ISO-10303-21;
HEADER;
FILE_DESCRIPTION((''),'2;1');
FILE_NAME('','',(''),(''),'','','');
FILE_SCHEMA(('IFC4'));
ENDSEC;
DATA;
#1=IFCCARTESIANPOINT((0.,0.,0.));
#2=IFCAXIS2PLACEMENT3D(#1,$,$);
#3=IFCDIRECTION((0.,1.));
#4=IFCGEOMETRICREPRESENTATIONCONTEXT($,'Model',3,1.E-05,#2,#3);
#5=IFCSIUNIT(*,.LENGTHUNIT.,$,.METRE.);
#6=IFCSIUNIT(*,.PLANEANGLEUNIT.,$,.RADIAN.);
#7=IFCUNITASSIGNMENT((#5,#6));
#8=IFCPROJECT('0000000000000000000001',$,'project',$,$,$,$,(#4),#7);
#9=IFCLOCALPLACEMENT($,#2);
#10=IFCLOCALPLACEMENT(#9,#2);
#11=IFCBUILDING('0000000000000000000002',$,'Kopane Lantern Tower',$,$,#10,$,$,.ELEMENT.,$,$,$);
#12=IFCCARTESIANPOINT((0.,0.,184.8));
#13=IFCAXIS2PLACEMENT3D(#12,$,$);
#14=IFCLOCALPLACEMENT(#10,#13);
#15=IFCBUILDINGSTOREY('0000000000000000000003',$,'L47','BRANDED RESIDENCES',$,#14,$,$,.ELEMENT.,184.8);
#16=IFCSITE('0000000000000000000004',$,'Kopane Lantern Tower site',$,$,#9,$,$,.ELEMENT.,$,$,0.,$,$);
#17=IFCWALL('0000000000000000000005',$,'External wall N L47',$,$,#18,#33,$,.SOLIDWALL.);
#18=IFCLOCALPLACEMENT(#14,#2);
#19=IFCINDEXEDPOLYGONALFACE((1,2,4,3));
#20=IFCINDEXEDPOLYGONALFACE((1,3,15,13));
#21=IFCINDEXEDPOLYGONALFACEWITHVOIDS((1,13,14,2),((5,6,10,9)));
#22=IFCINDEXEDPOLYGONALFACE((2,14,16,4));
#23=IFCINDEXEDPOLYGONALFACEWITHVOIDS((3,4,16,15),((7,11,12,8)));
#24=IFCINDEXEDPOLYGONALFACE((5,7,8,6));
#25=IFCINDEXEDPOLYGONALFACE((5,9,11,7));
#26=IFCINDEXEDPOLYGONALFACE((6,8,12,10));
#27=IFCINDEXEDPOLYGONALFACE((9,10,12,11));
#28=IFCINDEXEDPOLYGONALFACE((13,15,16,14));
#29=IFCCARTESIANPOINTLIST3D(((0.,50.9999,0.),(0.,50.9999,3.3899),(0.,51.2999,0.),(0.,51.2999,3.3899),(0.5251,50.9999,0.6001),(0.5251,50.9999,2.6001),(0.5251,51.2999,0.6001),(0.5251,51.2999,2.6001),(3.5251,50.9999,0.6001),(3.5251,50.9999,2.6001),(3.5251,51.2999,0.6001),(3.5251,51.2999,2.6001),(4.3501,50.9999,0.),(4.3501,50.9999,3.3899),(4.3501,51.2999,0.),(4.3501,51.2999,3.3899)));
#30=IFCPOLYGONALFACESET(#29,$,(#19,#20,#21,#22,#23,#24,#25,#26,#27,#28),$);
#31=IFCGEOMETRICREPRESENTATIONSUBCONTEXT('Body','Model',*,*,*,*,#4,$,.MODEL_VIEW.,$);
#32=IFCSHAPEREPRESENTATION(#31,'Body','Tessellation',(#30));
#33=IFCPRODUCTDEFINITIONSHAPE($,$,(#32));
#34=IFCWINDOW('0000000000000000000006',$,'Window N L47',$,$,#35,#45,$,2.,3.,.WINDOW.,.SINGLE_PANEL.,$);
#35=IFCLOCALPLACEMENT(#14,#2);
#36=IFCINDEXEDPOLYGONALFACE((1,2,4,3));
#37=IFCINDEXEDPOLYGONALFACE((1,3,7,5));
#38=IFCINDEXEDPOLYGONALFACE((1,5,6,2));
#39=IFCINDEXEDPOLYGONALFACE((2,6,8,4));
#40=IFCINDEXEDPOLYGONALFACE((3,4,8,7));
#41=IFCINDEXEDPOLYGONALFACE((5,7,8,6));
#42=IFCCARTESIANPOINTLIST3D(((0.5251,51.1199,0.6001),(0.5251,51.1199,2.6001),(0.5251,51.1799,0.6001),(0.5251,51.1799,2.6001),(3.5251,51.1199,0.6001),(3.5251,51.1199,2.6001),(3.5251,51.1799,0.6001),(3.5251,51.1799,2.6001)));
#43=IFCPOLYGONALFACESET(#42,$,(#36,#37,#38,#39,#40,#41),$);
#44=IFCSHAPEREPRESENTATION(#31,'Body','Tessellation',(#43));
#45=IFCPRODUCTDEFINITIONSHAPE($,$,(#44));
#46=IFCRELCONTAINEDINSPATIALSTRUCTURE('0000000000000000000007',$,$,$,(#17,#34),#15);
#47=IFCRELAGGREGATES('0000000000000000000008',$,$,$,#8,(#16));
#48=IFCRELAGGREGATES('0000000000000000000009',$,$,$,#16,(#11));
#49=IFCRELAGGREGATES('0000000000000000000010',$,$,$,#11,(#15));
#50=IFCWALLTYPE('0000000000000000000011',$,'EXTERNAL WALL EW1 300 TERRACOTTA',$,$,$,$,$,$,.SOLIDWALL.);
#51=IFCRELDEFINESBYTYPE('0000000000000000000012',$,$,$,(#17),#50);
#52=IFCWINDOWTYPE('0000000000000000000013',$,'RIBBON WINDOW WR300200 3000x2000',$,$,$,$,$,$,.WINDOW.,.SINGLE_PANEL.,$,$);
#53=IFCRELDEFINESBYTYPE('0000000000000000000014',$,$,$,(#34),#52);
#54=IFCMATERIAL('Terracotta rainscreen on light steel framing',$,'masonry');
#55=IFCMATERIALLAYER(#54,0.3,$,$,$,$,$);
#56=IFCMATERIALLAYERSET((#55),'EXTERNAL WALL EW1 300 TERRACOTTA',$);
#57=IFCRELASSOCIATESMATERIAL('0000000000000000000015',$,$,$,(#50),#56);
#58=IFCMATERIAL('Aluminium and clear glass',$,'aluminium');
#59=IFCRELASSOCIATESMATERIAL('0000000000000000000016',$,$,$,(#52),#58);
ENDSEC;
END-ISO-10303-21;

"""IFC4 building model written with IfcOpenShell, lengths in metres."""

from ifc_helpers import new_model, si_unit, direction, frame, frame_2d, origin, place, context, subcontext, project, spatial, rectangle, extrude, material, layer, layer_set, type_object, element, fill, save


model = new_model("IFC4")

# Units and contexts
model_context = context("Model", 3, precision=1e-05, world=origin(), true_north=direction((0.0, 1.0)))
body_context = subcontext(model_context, "Body", "Model", "MODEL_VIEW")
ifc_project = project(units=[si_unit("LENGTHUNIT", "METRE"), si_unit("PLANEANGLEUNIT", "RADIAN")], contexts=[model_context])

# Site, building, storey
site_placement = place(None, origin())
site = spatial("IfcSite", under=ifc_project, at=site_placement, Name="Kopane Lantern Tower site", CompositionType="ELEMENT", RefElevation=0.0)
building_placement = place(site_placement, origin())
building = spatial("IfcBuilding", under=site, at=building_placement, Name="Kopane Lantern Tower", CompositionType="ELEMENT")
storey_placement = place(building_placement, frame((0.0, 0.0, 184.8)))
storey = spatial("IfcBuildingStorey", under=building, at=storey_placement, Name="L47", Description="BRANDED RESIDENCES", CompositionType="ELEMENT", Elevation=184.8)

# Wall, opening, window
ifc_material_1 = material(Name="Terracotta rainscreen on light steel framing", Category="masonry")
ifc_layer = layer(ifc_material_1, 0.3)
ifc_layer_set = layer_set([ifc_layer], Name="EXTERNAL WALL EW1 300 TERRACOTTA")
wall_type = type_object("IfcWallType", Name="EXTERNAL WALL EW1 300 TERRACOTTA", PredefinedType="SOLIDWALL", material=ifc_layer_set)
ifc_material_2 = material(Name="Aluminium and clear glass", Category="aluminium")
window_type_1 = type_object("IfcWindowType", Name="RIBBON WINDOW WR300200 3000x2000", PartitioningType="SINGLE_PANEL", PredefinedType="WINDOW", material=ifc_material_2)
wall_1_placement = place(storey_placement, frame((4.3501, 51.1499, 0.0), z_axis=(0.0, 0.0, 1.0), x_axis=(-1.0, 0.0, 0.0)))
wall_1 = element("IfcWall", 1, at=wall_1_placement, inside=storey, type_object=wall_type, Name="External wall N L47", PredefinedType="SOLIDWALL", context=body_context, shape_type="SweptSolid", body=[
    extrude(rectangle(XDim=4.3501, YDim=0.3, at=frame_2d((2.175, 0.0))), origin(), (0.0, 0.0, 1.0), 3.3899),
])
opening_1_placement = place(wall_1_placement, frame((0.825, 0.0, 0.6001)))
opening_1 = element("IfcOpeningElement", 2, at=opening_1_placement, cuts=wall_1, PredefinedType="OPENING", context=body_context, shape_type="SweptSolid", body=[
    extrude(rectangle(XDim=3.0, YDim=2.0, at=frame_2d((1.5, 1.0))), frame((0.0, 0.1599, 0.0), z_axis=(0.0, -1.0, 0.0), x_axis=(1.0, 0.0, 0.0)), (0.0, 0.0, 1.0), 0.3201),
])
window_1_placement = place(opening_1_placement, origin())
window_1 = element("IfcWindow", 3, at=window_1_placement, inside=storey, type_object=window_type_1, Name="Window N L47", OverallHeight=2.0, OverallWidth=3.0, PartitioningType="SINGLE_PANEL", PredefinedType="WINDOW", context=body_context, shape_type="SweptSolid", body=[
    extrude(rectangle(XDim=3.0, YDim=2.0, at=frame_2d((1.5, 1.0))), frame((0.0, 0.03, 0.0), z_axis=(0.0, -1.0, 0.0), x_axis=(1.0, 0.0, 0.0)), (0.0, 0.0, 1.0), 0.0601),
])
fill(opening_1, window_1)

save(model, "model.ifc")
